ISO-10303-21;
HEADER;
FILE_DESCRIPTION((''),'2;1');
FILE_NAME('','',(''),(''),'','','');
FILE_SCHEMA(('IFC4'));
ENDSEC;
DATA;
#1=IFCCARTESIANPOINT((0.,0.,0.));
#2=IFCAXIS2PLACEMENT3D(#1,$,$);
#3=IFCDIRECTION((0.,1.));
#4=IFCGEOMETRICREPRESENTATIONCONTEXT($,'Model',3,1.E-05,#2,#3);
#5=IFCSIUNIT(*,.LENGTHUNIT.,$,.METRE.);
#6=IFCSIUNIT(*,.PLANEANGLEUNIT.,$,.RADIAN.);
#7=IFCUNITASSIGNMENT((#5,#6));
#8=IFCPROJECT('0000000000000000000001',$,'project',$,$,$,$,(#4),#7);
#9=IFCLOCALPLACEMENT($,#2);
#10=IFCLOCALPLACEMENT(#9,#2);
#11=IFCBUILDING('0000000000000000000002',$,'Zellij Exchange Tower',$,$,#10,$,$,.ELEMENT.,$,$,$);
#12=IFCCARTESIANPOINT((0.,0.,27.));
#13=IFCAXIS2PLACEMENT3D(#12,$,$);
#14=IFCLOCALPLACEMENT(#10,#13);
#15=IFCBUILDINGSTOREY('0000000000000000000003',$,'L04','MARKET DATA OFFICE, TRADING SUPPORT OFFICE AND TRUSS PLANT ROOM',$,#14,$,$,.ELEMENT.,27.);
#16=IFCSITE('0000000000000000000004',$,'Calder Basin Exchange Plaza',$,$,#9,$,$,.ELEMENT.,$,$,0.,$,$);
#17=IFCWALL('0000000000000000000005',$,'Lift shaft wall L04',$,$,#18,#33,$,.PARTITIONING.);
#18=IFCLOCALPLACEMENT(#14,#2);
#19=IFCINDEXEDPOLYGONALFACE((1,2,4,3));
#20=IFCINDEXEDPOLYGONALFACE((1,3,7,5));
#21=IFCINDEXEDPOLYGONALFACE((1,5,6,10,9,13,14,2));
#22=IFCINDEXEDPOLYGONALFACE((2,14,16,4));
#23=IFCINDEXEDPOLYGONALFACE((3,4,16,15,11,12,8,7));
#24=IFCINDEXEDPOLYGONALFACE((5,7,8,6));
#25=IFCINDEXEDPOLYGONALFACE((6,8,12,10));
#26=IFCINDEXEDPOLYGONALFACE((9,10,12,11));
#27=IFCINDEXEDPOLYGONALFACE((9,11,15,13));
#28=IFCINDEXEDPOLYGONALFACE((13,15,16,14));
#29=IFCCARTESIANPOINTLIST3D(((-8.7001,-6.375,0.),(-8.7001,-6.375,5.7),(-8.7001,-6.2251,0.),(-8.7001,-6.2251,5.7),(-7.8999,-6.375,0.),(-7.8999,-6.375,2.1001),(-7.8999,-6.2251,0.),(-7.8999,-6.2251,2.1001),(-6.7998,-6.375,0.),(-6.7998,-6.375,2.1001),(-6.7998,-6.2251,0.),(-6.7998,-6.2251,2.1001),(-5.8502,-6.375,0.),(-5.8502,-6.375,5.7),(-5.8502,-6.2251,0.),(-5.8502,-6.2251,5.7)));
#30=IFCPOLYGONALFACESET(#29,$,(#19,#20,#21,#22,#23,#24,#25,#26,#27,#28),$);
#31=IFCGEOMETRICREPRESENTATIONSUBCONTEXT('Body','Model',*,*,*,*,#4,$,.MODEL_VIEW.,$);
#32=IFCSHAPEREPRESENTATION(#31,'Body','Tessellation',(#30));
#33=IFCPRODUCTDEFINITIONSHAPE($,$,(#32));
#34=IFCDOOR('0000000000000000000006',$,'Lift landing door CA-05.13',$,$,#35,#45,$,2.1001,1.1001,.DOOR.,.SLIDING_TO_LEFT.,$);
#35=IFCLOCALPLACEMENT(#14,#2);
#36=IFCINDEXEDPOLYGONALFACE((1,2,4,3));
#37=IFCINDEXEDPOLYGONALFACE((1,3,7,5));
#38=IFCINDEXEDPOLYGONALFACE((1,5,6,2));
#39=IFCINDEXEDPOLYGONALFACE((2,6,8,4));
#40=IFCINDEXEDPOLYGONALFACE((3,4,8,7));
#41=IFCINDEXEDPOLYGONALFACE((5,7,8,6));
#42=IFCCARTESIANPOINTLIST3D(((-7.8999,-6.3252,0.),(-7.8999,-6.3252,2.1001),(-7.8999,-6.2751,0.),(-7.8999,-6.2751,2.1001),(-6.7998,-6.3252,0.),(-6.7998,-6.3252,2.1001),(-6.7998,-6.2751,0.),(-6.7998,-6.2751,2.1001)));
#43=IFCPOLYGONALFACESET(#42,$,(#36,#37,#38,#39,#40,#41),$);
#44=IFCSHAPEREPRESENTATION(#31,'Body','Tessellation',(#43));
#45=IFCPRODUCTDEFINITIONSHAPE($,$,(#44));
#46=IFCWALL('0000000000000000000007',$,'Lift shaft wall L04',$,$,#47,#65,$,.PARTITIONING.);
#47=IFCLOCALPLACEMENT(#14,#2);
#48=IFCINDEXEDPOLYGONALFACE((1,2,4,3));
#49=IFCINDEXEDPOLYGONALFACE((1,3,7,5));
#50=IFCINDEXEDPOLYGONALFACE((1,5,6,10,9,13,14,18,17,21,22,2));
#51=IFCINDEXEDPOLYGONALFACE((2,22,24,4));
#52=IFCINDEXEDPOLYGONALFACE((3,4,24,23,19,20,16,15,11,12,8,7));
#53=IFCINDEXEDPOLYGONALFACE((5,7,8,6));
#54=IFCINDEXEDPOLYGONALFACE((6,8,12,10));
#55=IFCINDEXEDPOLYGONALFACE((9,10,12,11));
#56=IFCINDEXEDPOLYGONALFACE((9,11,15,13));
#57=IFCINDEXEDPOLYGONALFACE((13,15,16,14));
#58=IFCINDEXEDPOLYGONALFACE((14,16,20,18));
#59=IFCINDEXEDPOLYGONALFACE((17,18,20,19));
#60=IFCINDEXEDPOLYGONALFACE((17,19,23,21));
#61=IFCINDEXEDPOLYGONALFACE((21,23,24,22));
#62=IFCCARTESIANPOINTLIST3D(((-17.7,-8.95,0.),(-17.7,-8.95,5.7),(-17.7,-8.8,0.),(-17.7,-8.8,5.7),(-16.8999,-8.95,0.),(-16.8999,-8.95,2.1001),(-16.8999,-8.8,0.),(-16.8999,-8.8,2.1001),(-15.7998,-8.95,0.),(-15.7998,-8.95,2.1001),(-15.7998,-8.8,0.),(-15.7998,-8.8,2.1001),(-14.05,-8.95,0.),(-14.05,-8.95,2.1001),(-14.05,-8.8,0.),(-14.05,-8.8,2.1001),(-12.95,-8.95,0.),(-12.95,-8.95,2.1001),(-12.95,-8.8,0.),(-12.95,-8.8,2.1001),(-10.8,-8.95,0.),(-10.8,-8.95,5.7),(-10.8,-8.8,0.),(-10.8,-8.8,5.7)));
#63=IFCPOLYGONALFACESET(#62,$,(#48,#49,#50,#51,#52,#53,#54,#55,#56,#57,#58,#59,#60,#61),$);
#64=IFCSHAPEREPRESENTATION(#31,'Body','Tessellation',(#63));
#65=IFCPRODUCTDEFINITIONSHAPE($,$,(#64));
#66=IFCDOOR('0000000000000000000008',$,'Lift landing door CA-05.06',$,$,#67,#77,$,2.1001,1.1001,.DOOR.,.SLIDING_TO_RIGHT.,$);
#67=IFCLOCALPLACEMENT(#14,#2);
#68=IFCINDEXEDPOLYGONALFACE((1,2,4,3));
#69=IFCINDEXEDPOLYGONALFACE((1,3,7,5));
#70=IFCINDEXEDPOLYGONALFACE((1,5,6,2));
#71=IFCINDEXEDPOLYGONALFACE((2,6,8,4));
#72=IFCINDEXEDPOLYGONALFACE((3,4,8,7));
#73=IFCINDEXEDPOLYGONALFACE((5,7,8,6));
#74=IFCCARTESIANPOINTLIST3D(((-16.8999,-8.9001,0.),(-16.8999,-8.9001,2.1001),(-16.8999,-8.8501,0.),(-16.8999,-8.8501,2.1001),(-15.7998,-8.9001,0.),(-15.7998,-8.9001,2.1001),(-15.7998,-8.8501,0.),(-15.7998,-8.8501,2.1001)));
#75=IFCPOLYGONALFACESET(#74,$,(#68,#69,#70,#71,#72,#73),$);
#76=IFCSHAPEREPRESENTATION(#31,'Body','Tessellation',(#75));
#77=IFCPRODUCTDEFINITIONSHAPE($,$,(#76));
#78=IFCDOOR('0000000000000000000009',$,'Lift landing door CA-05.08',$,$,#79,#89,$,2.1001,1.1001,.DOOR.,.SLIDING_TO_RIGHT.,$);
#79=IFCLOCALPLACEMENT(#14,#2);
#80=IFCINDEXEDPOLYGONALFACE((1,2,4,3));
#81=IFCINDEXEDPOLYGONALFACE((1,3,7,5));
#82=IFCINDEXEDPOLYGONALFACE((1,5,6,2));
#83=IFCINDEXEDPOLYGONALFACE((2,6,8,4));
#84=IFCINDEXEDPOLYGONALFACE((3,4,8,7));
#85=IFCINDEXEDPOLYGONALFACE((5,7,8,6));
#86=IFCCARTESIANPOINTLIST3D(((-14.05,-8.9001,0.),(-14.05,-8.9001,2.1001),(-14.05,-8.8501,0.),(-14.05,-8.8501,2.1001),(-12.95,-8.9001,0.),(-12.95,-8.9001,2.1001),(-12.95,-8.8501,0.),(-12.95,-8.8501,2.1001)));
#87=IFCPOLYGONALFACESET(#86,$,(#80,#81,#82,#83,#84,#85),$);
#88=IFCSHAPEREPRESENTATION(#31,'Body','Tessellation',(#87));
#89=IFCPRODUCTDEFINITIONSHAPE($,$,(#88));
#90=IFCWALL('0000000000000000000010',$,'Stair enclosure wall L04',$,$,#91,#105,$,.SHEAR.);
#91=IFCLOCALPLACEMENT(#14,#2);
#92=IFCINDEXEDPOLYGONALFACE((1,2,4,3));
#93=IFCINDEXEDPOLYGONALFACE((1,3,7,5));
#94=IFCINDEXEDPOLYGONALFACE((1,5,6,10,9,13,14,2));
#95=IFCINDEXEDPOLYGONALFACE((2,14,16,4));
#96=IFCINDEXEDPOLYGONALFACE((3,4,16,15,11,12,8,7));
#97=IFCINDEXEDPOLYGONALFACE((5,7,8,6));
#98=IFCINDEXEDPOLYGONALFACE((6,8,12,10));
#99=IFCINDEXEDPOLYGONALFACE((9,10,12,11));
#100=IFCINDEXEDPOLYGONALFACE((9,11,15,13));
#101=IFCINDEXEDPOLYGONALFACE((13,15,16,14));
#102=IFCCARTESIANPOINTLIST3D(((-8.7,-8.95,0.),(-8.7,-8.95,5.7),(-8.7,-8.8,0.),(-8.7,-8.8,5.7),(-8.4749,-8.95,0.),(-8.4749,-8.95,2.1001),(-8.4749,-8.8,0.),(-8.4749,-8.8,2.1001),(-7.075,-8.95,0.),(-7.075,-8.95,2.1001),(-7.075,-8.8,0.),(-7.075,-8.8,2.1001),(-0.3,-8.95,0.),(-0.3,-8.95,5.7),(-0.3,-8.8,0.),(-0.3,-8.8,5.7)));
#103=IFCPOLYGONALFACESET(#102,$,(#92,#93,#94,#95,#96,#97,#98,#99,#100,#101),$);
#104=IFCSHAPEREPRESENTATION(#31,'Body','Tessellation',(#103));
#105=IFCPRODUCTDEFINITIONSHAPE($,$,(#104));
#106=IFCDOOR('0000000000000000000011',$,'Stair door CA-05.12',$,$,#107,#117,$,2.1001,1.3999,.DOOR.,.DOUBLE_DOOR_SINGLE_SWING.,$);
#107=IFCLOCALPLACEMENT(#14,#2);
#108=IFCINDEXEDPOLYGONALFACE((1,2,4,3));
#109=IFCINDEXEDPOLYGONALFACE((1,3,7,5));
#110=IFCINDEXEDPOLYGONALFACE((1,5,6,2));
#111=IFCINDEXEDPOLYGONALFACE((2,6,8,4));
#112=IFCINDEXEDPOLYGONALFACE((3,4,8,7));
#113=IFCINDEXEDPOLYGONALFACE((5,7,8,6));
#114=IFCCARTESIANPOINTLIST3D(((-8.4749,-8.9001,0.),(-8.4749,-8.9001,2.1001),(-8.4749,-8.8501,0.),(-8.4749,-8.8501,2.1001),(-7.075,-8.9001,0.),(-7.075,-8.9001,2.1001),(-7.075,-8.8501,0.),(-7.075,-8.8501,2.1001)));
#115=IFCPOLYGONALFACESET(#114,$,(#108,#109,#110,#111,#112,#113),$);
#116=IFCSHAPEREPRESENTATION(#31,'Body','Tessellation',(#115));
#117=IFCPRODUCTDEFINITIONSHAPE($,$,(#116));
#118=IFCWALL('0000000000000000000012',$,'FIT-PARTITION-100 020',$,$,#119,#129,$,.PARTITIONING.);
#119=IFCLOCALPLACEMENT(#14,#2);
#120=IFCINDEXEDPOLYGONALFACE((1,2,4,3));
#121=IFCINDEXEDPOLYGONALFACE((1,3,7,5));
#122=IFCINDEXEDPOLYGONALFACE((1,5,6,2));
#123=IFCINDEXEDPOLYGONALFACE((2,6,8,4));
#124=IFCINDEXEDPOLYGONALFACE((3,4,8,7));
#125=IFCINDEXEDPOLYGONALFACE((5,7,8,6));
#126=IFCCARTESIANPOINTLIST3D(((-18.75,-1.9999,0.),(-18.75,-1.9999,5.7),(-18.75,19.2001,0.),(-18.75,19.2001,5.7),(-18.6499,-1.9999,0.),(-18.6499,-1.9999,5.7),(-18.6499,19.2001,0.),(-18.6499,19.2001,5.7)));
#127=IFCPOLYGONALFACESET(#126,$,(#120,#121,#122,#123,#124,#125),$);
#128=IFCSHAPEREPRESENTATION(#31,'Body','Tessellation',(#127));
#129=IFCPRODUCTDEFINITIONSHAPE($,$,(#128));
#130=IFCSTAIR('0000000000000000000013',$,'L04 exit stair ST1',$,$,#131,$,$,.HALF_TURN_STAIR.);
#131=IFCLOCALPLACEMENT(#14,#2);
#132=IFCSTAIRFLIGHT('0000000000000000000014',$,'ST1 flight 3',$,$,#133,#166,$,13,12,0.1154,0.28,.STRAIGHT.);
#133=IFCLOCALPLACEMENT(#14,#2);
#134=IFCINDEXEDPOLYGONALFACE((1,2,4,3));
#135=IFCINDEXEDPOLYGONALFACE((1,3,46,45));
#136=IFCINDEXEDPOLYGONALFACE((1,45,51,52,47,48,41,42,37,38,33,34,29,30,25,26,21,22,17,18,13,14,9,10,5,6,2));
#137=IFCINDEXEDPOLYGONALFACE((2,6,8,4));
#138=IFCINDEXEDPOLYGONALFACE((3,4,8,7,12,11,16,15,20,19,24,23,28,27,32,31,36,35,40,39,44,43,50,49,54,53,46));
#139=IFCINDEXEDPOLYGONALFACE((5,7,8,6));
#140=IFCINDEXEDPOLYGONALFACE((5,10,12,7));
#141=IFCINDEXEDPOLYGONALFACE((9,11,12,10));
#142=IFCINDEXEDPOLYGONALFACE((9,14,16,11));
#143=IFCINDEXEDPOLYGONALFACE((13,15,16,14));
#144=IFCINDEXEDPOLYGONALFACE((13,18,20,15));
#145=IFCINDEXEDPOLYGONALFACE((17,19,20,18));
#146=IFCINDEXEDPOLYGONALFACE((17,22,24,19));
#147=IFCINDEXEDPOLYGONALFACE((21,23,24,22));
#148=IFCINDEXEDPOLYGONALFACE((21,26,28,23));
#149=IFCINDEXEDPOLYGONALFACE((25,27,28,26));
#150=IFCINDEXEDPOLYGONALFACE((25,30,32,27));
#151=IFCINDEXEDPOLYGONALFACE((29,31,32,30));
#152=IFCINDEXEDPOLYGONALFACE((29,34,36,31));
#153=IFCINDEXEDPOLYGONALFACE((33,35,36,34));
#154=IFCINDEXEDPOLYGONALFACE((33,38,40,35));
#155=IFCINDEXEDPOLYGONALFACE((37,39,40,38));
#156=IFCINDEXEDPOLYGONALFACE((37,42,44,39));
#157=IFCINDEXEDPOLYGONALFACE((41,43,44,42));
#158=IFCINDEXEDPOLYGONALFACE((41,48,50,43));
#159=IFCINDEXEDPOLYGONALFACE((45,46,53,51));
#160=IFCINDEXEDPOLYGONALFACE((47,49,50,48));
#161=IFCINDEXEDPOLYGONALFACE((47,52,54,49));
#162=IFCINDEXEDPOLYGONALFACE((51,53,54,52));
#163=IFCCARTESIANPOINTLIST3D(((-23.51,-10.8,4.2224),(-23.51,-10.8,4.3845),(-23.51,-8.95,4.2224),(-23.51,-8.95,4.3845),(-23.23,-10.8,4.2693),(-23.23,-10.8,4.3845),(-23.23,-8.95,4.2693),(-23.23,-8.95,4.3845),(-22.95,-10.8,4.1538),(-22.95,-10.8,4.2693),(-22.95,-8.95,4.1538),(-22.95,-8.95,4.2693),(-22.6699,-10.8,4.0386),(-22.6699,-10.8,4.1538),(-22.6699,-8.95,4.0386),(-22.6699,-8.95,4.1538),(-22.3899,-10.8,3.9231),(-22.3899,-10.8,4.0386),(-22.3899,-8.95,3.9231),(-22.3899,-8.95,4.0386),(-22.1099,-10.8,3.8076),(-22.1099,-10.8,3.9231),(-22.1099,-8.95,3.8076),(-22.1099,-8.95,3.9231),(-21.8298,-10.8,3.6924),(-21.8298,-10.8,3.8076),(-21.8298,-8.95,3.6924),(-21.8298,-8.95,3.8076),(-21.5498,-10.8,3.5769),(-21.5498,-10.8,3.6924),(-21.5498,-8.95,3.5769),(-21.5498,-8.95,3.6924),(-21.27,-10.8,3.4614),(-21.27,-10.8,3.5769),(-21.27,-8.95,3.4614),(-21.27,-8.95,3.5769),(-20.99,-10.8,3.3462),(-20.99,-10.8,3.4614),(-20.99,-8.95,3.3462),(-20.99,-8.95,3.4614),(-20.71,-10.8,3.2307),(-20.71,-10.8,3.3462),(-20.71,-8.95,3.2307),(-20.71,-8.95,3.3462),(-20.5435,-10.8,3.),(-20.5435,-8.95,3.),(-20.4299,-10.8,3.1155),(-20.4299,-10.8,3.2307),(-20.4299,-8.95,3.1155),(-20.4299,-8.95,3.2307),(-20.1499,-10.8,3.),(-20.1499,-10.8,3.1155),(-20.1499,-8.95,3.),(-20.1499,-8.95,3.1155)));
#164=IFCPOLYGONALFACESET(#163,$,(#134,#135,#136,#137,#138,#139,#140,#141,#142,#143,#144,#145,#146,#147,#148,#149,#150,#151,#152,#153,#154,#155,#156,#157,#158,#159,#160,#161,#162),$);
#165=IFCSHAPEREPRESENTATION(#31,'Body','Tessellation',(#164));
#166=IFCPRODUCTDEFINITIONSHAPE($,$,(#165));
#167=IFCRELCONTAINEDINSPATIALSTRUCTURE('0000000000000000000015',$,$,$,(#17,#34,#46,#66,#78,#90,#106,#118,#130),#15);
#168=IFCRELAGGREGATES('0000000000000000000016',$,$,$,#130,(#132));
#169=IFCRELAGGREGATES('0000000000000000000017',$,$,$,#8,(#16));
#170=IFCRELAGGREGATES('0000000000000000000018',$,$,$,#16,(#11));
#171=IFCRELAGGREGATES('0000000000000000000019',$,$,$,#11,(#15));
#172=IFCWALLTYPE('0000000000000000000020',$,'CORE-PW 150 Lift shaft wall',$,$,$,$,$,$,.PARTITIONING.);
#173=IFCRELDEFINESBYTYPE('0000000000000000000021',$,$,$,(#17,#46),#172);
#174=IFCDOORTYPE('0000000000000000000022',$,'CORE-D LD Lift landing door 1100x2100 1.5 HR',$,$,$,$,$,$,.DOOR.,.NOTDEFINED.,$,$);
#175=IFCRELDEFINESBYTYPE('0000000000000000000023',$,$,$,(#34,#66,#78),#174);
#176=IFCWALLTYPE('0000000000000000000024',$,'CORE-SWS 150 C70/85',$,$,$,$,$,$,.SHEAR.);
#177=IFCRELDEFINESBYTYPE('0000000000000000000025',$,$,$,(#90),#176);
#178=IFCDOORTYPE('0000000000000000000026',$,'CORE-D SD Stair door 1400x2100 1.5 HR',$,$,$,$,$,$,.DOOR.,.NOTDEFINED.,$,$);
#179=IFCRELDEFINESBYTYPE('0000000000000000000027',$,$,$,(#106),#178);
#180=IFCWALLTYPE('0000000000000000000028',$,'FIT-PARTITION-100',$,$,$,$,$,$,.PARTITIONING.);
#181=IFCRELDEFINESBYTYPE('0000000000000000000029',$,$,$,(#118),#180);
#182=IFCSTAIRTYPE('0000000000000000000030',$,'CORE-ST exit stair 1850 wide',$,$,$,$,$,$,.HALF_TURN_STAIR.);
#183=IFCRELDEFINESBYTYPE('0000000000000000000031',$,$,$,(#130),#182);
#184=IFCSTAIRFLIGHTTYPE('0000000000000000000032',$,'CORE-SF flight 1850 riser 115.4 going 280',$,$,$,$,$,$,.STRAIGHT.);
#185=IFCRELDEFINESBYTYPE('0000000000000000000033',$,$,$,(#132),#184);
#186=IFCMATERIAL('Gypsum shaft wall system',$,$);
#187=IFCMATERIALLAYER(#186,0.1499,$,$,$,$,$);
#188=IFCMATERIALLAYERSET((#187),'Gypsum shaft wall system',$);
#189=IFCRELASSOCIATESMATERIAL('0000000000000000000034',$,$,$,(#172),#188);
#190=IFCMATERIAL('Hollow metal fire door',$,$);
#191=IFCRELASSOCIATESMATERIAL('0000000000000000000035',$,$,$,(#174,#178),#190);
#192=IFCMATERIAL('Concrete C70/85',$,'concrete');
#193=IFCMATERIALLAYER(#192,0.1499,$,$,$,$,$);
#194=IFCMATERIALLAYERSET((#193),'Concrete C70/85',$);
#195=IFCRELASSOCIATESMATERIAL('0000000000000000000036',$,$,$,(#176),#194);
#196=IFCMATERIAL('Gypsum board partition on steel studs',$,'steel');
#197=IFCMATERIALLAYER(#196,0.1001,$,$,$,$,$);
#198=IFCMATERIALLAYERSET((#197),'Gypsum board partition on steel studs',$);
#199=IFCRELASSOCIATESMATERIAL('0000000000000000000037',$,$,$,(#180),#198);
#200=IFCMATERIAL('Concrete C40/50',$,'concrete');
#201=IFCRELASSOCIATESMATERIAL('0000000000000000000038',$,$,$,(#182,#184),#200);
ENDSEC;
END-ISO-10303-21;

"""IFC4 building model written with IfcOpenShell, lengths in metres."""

from ifc_helpers import new_model, si_unit, direction, frame, frame_2d, origin, place, context, subcontext, project, spatial, polyline, rectangle, outline, extrude, material, layer, layer_set, type_object, element, fill, aggregate, save


model = new_model("IFC4")

# Units and contexts
model_context = context("Model", 3, precision=1e-05, world=origin(), true_north=direction((0.0, 1.0)))
body_context = subcontext(model_context, "Body", "Model", "MODEL_VIEW")
ifc_project = project(units=[si_unit("LENGTHUNIT", "METRE"), si_unit("PLANEANGLEUNIT", "RADIAN")], contexts=[model_context])

# Site, building, storey
site_placement = place(None, origin())
site = spatial("IfcSite", under=ifc_project, at=site_placement, Name="Calder Basin Exchange Plaza", CompositionType="ELEMENT", RefElevation=0.0)
building_placement = place(site_placement, origin())
building = spatial("IfcBuilding", under=site, at=building_placement, Name="Zellij Exchange Tower", CompositionType="ELEMENT")
storey_placement = place(building_placement, frame((0.0, 0.0, 27.0)))
storey = spatial("IfcBuildingStorey", under=building, at=storey_placement, Name="L04", Description="MARKET DATA OFFICE, TRADING SUPPORT OFFICE AND TRUSS PLANT ROOM", CompositionType="ELEMENT", Elevation=27.0)

# Shared definitions
ifc_material_1 = material(Name="Concrete C70/85", Category="concrete")

# Shared definitions
ifc_material_2 = material(Name="Gypsum shaft wall system")
ifc_material_3 = material(Name="Hollow metal fire door")

# Shared definitions
ifc_layer_1 = layer(ifc_material_2, 0.1499)
ifc_layer_set_1 = layer_set([ifc_layer_1], Name="Gypsum shaft wall system")
wall_type_1 = type_object("IfcWallType", Name="CORE-PW 150 Lift shaft wall", PredefinedType="PARTITIONING", material=ifc_layer_set_1)

# Shared definitions
door_type_1 = type_object("IfcDoorType", Name="CORE-D LD Lift landing door 1100x2100 1.5 HR", OperationType="NOTDEFINED", PredefinedType="DOOR", material=ifc_material_3)

# Wall, opening, door
wall_1_placement = place(storey_placement, frame((-8.7, -6.3, 0.0), z_axis=(0.0, 0.0, 1.0), x_axis=(1.0, 0.0, 0.0)))
wall_1 = element("IfcWall", 1, at=wall_1_placement, inside=storey, type_object=wall_type_1, Name="Lift shaft wall L04", PredefinedType="PARTITIONING", context=body_context, shape_type="SweptSolid", body=[
    extrude(rectangle(XDim=2.8499, YDim=0.1499, at=frame_2d((1.4248, 0.0))), origin(), (0.0, 0.0, 1.0), 5.7),
])
opening_1_placement = place(wall_1_placement, frame((0.8, 0.0, 0.0)))
opening_1 = element("IfcOpeningElement", 2, at=opening_1_placement, cuts=wall_1, PredefinedType="OPENING", context=body_context, shape_type="SweptSolid", body=[
    extrude(rectangle(XDim=1.1001, YDim=2.1001, at=frame_2d((0.55, 1.05))), frame((0.0, 0.0869, 0.0), z_axis=(0.0, -1.0, 0.0), x_axis=(1.0, 0.0, 0.0)), (0.0, 0.0, 1.0), 0.1738),
])
door_1_placement = place(opening_1_placement, origin())
door_1 = element("IfcDoor", 3, at=door_1_placement, inside=storey, type_object=door_type_1, Name="Lift landing door CA-05.13", OperationType="SLIDING_TO_LEFT", OverallHeight=2.1001, OverallWidth=1.1001, PredefinedType="DOOR", context=body_context, shape_type="SweptSolid", body=[
    extrude(rectangle(XDim=1.1001, YDim=2.1001, at=frame_2d((0.55, 1.05))), frame((0.0, 0.0249, 0.0), z_axis=(0.0, -1.0, 0.0), x_axis=(1.0, 0.0, 0.0)), (0.0, 0.0, 1.0), 0.05),
])
fill(opening_1, door_1)

# Wall, openings, doors
wall_2_placement = place(storey_placement, frame((-17.7, -8.875, 0.0), z_axis=(0.0, 0.0, 1.0), x_axis=(1.0, 0.0, 0.0)))
wall_2 = element("IfcWall", 4, at=wall_2_placement, inside=storey, type_object=wall_type_1, Name="Lift shaft wall L04", PredefinedType="PARTITIONING", context=body_context, shape_type="SweptSolid", body=[
    extrude(rectangle(XDim=6.8999, YDim=0.1499, at=frame_2d((3.45, 0.0))), origin(), (0.0, 0.0, 1.0), 5.7),
])
opening_2_placement = place(wall_2_placement, frame((0.8, 0.0, 0.0)))
opening_2 = element("IfcOpeningElement", 5, at=opening_2_placement, cuts=wall_2, PredefinedType="OPENING", context=body_context, shape_type="SweptSolid", body=[
    extrude(rectangle(XDim=1.1001, YDim=2.1001, at=frame_2d((0.55, 1.05))), frame((0.0, 0.0869, 0.0), z_axis=(0.0, -1.0, 0.0), x_axis=(1.0, 0.0, 0.0)), (0.0, 0.0, 1.0), 0.1738),
])
opening_3_placement = place(wall_2_placement, frame((3.6499, 0.0, 0.0)))
opening_3 = element("IfcOpeningElement", 6, at=opening_3_placement, cuts=wall_2, PredefinedType="OPENING", context=body_context, shape_type="SweptSolid", body=[
    extrude(rectangle(XDim=1.1001, YDim=2.1001, at=frame_2d((0.55, 1.05))), frame((0.0, 0.0869, 0.0), z_axis=(0.0, -1.0, 0.0), x_axis=(1.0, 0.0, 0.0)), (0.0, 0.0, 1.0), 0.1738),
])
door_2_placement = place(opening_2_placement, origin())
door_2 = element("IfcDoor", 7, at=door_2_placement, inside=storey, type_object=door_type_1, Name="Lift landing door CA-05.06", OperationType="SLIDING_TO_RIGHT", OverallHeight=2.1001, OverallWidth=1.1001, PredefinedType="DOOR", context=body_context, shape_type="SweptSolid", body=[
    extrude(rectangle(XDim=1.1001, YDim=2.1001, at=frame_2d((0.55, 1.05))), frame((0.0, 0.0249, 0.0), z_axis=(0.0, -1.0, 0.0), x_axis=(1.0, 0.0, 0.0)), (0.0, 0.0, 1.0), 0.05),
])
fill(opening_2, door_2)
door_3_placement = place(opening_3_placement, origin())
door_3 = element("IfcDoor", 8, at=door_3_placement, inside=storey, type_object=door_type_1, Name="Lift landing door CA-05.08", OperationType="SLIDING_TO_RIGHT", OverallHeight=2.1001, OverallWidth=1.1001, PredefinedType="DOOR", context=body_context, shape_type="SweptSolid", body=[
    extrude(rectangle(XDim=1.1001, YDim=2.1001, at=frame_2d((0.55, 1.05))), frame((0.0, 0.0249, 0.0), z_axis=(0.0, -1.0, 0.0), x_axis=(1.0, 0.0, 0.0)), (0.0, 0.0, 1.0), 0.05),
])
fill(opening_3, door_3)

# Wall, opening, door
ifc_layer_2 = layer(ifc_material_1, 0.1499)
ifc_layer_set_2 = layer_set([ifc_layer_2], Name="Concrete C70/85")
wall_type_2 = type_object("IfcWallType", Name="CORE-SWS 150 C70/85", PredefinedType="SHEAR", material=ifc_layer_set_2)
wall_3_placement = place(storey_placement, frame((-8.7, -8.875, 0.0), z_axis=(0.0, 0.0, 1.0), x_axis=(1.0, 0.0, 0.0)))
wall_3 = element("IfcWall", 9, at=wall_3_placement, inside=storey, type_object=wall_type_2, Name="Stair enclosure wall L04", PredefinedType="SHEAR", context=body_context, shape_type="SweptSolid", body=[
    extrude(rectangle(XDim=8.3999, YDim=0.1499, at=frame_2d((4.2, 0.0))), origin(), (0.0, 0.0, 1.0), 5.7),
])
opening_4_placement = place(wall_3_placement, frame((0.2251, 0.0, 0.0)))
opening_4 = element("IfcOpeningElement", 10, at=opening_4_placement, cuts=wall_3, PredefinedType="OPENING", context=body_context, shape_type="SweptSolid", body=[
    extrude(rectangle(XDim=1.3999, YDim=2.1001, at=frame_2d((0.7, 1.05))), frame((0.0, 0.0869, 0.0), z_axis=(0.0, -1.0, 0.0), x_axis=(1.0, 0.0, 0.0)), (0.0, 0.0, 1.0), 0.1738),
])
door_type_2 = type_object("IfcDoorType", Name="CORE-D SD Stair door 1400x2100 1.5 HR", OperationType="NOTDEFINED", PredefinedType="DOOR", material=ifc_material_3)
door_4_placement = place(opening_4_placement, origin())
door_4 = element("IfcDoor", 11, at=door_4_placement, inside=storey, type_object=door_type_2, Name="Stair door CA-05.12", OperationType="DOUBLE_DOOR_SINGLE_SWING", OverallHeight=2.1001, OverallWidth=1.3999, PredefinedType="DOOR", context=body_context, shape_type="SweptSolid", body=[
    extrude(rectangle(XDim=1.3999, YDim=2.1001, at=frame_2d((0.7, 1.05))), frame((0.0, 0.0249, 0.0), z_axis=(0.0, -1.0, 0.0), x_axis=(1.0, 0.0, 0.0)), (0.0, 0.0, 1.0), 0.05),
])
fill(opening_4, door_4)

# Wall
ifc_material_4 = material(Name="Gypsum board partition on steel studs", Category="steel")
ifc_layer_3 = layer(ifc_material_4, 0.1001)
ifc_layer_set_3 = layer_set([ifc_layer_3], Name="Gypsum board partition on steel studs")
wall_type_3 = type_object("IfcWallType", Name="FIT-PARTITION-100", PredefinedType="PARTITIONING", material=ifc_layer_set_3)
wall_4_placement = place(storey_placement, frame((-18.7, -2.0, 0.0), z_axis=(0.0, 0.0, 1.0), x_axis=(0.0, 1.0, 0.0)))
element("IfcWall", 12, at=wall_4_placement, inside=storey, type_object=wall_type_3, Name="FIT-PARTITION-100 020", PredefinedType="PARTITIONING", context=body_context, shape_type="SweptSolid", body=[
    extrude(rectangle(XDim=21.2, YDim=0.1001, at=frame_2d((10.6001, 0.0))), origin(), (0.0, 0.0, 1.0), 5.7),
])

# Stair, stair flight
ifc_material_5 = material(Name="Concrete C40/50", Category="concrete")
stair_type = type_object("IfcStairType", Name="CORE-ST exit stair 1850 wide", PredefinedType="HALF_TURN_STAIR", material=ifc_material_5)
stair_placement = place(storey_placement, origin())
stair = element("IfcStair", 13, at=stair_placement, inside=storey, type_object=stair_type, Name="L04 exit stair ST1", PredefinedType="HALF_TURN_STAIR")
stair_flight_type = type_object("IfcStairFlightType", Name="CORE-SF flight 1850 riser 115.4 going 280", PredefinedType="STRAIGHT", material=ifc_material_5)
stair_flight_placement = place(storey_placement, frame((-20.1499, -9.875, 3.0), z_axis=(0.0, 0.0, 1.0), x_axis=(-1.0, 0.0, 0.0)))
stair_flight = element("IfcStairFlight", 14, at=stair_flight_placement, type_object=stair_flight_type, Name="ST1 flight 3", NumberOfRisers=13, NumberOfTreads=12, PredefinedType="STRAIGHT", RiserHeight=0.1154, TreadLength=0.28, context=body_context, shape_type="SweptSolid", body=[
    extrude(outline(polyline([(0.0, 0.0), (0.0, 0.1155), (0.28, 0.1155), (0.28, 0.2307), (0.5601, 0.2307), (0.5601, 0.3462), (0.8401, 0.3462), (0.8401, 0.4614), (1.1201, 0.4614), (1.1201, 0.5769), (1.3999, 0.5769), (1.3999, 0.6924), (1.6799, 0.6924), (1.6799, 0.8076), (1.96, 0.8076), (1.96, 0.9231), (2.24, 0.9231), (2.24, 1.0386), (2.52, 1.0386), (2.52, 1.1538), (2.8, 1.1538), (2.8, 1.2693), (3.0801, 1.2693), (3.0801, 1.3845), (3.3601, 1.3845), (3.3601, 1.5), (3.3601, 1.2224), (0.3936, 0.0), (0.0, 0.0)])), frame((0.0, 0.925, 0.0), z_axis=(0.0, -1.0, 0.0), x_axis=(1.0, 0.0, 0.0)), (0.0, 0.0, 1.0), 1.8501),
])
aggregate(stair, [stair_flight])

save(model, "model.ifc")
